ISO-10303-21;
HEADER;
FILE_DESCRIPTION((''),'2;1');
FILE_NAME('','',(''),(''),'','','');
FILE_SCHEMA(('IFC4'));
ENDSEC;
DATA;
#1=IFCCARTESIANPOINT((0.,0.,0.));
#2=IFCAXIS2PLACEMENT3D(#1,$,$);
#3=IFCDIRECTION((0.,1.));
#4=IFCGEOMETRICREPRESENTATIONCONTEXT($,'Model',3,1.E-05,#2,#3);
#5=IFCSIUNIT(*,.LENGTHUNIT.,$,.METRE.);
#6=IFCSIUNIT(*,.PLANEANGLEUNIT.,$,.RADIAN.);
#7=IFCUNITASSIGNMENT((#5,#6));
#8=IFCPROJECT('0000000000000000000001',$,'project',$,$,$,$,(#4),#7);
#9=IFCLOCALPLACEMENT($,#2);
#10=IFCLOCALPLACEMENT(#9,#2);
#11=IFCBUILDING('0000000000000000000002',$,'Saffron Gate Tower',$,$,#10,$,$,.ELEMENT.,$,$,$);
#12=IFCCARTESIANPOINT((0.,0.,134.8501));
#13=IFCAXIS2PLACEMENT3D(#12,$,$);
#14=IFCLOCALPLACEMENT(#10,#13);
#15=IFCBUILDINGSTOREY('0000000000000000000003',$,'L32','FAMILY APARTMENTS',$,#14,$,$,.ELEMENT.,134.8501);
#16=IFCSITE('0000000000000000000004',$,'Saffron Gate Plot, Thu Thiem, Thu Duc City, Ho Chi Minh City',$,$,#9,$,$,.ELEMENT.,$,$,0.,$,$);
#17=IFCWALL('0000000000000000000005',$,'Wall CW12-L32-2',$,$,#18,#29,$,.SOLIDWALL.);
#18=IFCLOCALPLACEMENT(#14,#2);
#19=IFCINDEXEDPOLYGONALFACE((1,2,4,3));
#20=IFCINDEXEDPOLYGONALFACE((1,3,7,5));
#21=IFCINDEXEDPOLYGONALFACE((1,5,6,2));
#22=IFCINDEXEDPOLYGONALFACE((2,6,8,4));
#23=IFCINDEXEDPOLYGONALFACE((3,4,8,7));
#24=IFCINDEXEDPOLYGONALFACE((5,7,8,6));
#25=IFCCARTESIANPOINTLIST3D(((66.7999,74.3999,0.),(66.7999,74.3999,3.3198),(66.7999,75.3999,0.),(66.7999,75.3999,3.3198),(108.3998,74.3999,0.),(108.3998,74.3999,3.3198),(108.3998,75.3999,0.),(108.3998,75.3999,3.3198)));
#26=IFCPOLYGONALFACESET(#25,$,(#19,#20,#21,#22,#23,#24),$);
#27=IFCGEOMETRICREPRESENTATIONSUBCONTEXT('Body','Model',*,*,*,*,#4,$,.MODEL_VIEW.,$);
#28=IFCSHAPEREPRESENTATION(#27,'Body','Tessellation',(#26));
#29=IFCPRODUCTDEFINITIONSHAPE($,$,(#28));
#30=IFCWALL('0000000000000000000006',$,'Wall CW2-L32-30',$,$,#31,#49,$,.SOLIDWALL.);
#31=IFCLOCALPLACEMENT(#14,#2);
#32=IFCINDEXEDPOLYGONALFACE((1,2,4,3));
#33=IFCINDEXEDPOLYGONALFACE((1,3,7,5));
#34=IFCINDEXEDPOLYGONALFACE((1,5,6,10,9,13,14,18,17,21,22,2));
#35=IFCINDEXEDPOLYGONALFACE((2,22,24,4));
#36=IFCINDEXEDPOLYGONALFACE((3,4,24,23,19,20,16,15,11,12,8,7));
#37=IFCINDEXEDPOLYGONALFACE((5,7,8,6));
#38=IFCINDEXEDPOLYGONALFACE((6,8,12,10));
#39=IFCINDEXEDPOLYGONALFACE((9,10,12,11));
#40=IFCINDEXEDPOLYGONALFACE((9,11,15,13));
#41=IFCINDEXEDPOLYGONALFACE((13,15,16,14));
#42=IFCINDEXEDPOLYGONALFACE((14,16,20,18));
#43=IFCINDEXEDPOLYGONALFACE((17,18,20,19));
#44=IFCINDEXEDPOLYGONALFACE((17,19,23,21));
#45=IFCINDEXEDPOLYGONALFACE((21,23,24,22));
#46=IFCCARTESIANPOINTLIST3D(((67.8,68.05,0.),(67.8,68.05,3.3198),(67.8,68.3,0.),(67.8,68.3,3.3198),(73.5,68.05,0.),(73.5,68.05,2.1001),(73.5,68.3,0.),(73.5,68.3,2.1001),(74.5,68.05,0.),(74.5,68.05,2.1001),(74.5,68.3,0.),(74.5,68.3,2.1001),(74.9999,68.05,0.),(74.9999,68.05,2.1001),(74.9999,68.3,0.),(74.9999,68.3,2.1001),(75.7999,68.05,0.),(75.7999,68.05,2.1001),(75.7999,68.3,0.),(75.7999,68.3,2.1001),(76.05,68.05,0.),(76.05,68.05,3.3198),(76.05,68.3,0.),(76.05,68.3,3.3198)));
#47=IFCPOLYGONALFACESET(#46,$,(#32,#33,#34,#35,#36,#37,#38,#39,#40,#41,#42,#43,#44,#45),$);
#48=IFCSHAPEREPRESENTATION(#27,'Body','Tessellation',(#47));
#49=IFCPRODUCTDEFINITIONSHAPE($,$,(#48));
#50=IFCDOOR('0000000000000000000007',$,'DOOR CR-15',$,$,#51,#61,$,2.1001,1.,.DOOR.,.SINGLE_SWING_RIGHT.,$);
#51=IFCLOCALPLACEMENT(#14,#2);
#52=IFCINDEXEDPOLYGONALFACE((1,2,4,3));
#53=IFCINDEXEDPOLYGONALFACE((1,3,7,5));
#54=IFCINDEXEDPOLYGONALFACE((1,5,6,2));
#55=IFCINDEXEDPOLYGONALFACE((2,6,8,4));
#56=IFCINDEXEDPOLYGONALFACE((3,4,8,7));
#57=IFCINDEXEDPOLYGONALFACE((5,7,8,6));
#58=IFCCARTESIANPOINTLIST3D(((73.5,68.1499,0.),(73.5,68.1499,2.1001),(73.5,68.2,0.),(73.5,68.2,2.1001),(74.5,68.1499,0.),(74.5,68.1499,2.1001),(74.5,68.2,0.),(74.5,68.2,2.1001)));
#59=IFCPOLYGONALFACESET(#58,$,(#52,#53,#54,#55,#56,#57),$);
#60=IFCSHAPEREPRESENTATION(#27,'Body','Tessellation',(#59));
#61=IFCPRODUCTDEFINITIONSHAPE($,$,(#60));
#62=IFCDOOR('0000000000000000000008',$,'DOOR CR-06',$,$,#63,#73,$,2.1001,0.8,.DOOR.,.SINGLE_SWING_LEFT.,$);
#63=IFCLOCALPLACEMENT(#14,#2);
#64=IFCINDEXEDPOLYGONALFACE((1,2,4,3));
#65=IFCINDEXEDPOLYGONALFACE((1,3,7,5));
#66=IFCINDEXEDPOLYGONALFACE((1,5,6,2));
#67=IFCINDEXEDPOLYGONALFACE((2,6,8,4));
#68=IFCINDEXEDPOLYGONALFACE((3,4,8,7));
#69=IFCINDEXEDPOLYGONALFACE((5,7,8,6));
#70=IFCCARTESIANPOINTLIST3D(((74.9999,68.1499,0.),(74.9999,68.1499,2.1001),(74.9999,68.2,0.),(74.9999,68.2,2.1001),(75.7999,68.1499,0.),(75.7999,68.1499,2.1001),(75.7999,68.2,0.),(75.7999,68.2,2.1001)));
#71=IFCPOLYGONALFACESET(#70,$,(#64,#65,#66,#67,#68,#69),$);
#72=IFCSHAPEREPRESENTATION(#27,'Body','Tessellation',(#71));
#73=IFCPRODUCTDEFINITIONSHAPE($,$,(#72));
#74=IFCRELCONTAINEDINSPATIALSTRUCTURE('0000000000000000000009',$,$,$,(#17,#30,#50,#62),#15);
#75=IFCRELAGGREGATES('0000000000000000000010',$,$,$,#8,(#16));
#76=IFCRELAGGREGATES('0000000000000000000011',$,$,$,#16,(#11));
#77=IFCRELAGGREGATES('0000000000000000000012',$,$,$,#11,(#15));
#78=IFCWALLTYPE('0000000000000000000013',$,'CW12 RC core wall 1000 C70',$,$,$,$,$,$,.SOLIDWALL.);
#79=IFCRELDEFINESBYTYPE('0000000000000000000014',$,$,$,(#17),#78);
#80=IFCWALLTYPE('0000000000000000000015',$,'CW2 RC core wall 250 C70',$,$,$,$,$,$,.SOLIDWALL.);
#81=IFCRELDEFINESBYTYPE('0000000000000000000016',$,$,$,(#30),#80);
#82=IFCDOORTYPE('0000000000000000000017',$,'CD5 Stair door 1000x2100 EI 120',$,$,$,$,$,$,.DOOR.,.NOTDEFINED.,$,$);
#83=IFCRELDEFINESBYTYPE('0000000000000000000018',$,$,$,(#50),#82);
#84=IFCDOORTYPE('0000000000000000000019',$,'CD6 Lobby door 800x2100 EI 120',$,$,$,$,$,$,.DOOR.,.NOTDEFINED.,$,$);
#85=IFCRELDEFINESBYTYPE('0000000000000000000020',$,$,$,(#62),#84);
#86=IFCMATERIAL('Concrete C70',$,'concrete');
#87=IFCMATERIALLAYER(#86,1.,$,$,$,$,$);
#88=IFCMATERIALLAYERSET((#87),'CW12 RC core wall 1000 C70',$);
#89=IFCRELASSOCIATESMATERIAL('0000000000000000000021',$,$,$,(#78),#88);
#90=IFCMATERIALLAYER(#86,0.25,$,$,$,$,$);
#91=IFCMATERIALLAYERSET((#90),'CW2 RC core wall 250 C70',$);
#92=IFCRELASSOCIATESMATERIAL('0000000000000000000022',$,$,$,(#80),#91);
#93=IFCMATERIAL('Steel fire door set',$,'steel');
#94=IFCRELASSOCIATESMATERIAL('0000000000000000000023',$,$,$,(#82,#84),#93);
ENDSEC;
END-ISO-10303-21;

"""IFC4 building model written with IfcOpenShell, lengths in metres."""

from ifc_helpers import new_model, si_unit, direction, frame, frame_2d, origin, place, context, subcontext, project, spatial, rectangle, extrude, material, layer, layer_set, type_object, element, fill, save


model = new_model("IFC4")

# Units and contexts
model_context = context("Model", 3, precision=1e-05, world=origin(), true_north=direction((0.0, 1.0)))
body_context = subcontext(model_context, "Body", "Model", "MODEL_VIEW")
ifc_project = project(units=[si_unit("LENGTHUNIT", "METRE"), si_unit("PLANEANGLEUNIT", "RADIAN")], contexts=[model_context])

# Site, building, storey
site_placement = place(None, origin())
site = spatial("IfcSite", under=ifc_project, at=site_placement, Name="Saffron Gate Plot, Thu Thiem, Thu Duc City, Ho Chi Minh City", CompositionType="ELEMENT", RefElevation=0.0)
building_placement = place(site_placement, origin())
building = spatial("IfcBuilding", under=site, at=building_placement, Name="Saffron Gate Tower", CompositionType="ELEMENT")
storey_placement = place(building_placement, frame((0.0, 0.0, 134.8501)))
storey = spatial("IfcBuildingStorey", under=building, at=storey_placement, Name="L32", Description="FAMILY APARTMENTS", CompositionType="ELEMENT", Elevation=134.8501)

# Wall
ifc_material_1 = material(Name="Concrete C70", Category="concrete")
ifc_layer_1 = layer(ifc_material_1, 1.0)
ifc_layer_set_1 = layer_set([ifc_layer_1], Name="CW12 RC core wall 1000 C70")
wall_type_1 = type_object("IfcWallType", Name="CW12 RC core wall 1000 C70", PredefinedType="SOLIDWALL", material=ifc_layer_set_1)
wall_1_placement = place(storey_placement, frame((66.8, 74.8999, 0.0), z_axis=(0.0, 0.0, 1.0), x_axis=(1.0, 0.0, 0.0)))
element("IfcWall", 1, at=wall_1_placement, inside=storey, type_object=wall_type_1, Name="Wall CW12-L32-2", PredefinedType="SOLIDWALL", context=body_context, shape_type="SweptSolid", body=[
    extrude(rectangle(XDim=41.5999, YDim=1.0, at=frame_2d((20.7998, 0.0))), origin(), (0.0, 0.0, 1.0), 3.3198),
])

# Wall, openings, doors
ifc_layer_2 = layer(ifc_material_1, 0.25)
ifc_layer_set_2 = layer_set([ifc_layer_2], Name="CW2 RC core wall 250 C70")
wall_type_2 = type_object("IfcWallType", Name="CW2 RC core wall 250 C70", PredefinedType="SOLIDWALL", material=ifc_layer_set_2)
wall_2_placement = place(storey_placement, frame((67.8, 68.175, 0.0), z_axis=(0.0, 0.0, 1.0), x_axis=(1.0, 0.0, 0.0)))
wall_2 = element("IfcWall", 2, at=wall_2_placement, inside=storey, type_object=wall_type_2, Name="Wall CW2-L32-30", PredefinedType="SOLIDWALL", context=body_context, shape_type="SweptSolid", body=[
    extrude(rectangle(XDim=8.25, YDim=0.25, at=frame_2d((4.125, 0.0))), origin(), (0.0, 0.0, 1.0), 3.3198),
])
opening_1_placement = place(wall_2_placement, frame((5.7, 0.0, 0.0)))
opening_1 = element("IfcOpeningElement", 3, at=opening_1_placement, cuts=wall_2, PredefinedType="OPENING", context=body_context, shape_type="SweptSolid", body=[
    extrude(rectangle(XDim=1.0, YDim=2.1001, at=frame_2d((0.5, 1.05))), frame((0.0, 0.135, 0.0), z_axis=(0.0, -1.0, 0.0), x_axis=(1.0, 0.0, 0.0)), (0.0, 0.0, 1.0), 0.27),
])
opening_2_placement = place(wall_2_placement, frame((7.2, 0.0, 0.0)))
opening_2 = element("IfcOpeningElement", 4, at=opening_2_placement, cuts=wall_2, PredefinedType="OPENING", context=body_context, shape_type="SweptSolid", body=[
    extrude(rectangle(XDim=0.8, YDim=2.1001, at=frame_2d((0.3999, 1.05))), frame((0.0, 0.135, 0.0), z_axis=(0.0, -1.0, 0.0), x_axis=(1.0, 0.0, 0.0)), (0.0, 0.0, 1.0), 0.27),
])
ifc_material_2 = material(Name="Steel fire door set", Category="steel")
door_type_1 = type_object("IfcDoorType", Name="CD5 Stair door 1000x2100 EI 120", OperationType="NOTDEFINED", PredefinedType="DOOR", material=ifc_material_2)
door_1_placement = place(opening_1_placement, origin())
door_1 = element("IfcDoor", 5, at=door_1_placement, inside=storey, type_object=door_type_1, Name="DOOR CR-15", OperationType="SINGLE_SWING_RIGHT", OverallHeight=2.1001, OverallWidth=1.0, PredefinedType="DOOR", context=body_context, shape_type="SweptSolid", body=[
    extrude(rectangle(XDim=1.0, YDim=2.1001, at=frame_2d((0.5, 1.05))), frame((0.0, 0.0249, 0.0), z_axis=(0.0, -1.0, 0.0), x_axis=(1.0, 0.0, 0.0)), (0.0, 0.0, 1.0), 0.05),
])
fill(opening_1, door_1)
door_type_2 = type_object("IfcDoorType", Name="CD6 Lobby door 800x2100 EI 120", OperationType="NOTDEFINED", PredefinedType="DOOR", material=ifc_material_2)
door_2_placement = place(opening_2_placement, origin())
door_2 = element("IfcDoor", 6, at=door_2_placement, inside=storey, type_object=door_type_2, Name="DOOR CR-06", OperationType="SINGLE_SWING_LEFT", OverallHeight=2.1001, OverallWidth=0.8, PredefinedType="DOOR", context=body_context, shape_type="SweptSolid", body=[
    extrude(rectangle(XDim=0.8, YDim=2.1001, at=frame_2d((0.3999, 1.05))), frame((0.0, 0.0249, 0.0), z_axis=(0.0, -1.0, 0.0), x_axis=(1.0, 0.0, 0.0)), (0.0, 0.0, 1.0), 0.05),
])
fill(opening_2, door_2)

save(model, "model.ifc")
